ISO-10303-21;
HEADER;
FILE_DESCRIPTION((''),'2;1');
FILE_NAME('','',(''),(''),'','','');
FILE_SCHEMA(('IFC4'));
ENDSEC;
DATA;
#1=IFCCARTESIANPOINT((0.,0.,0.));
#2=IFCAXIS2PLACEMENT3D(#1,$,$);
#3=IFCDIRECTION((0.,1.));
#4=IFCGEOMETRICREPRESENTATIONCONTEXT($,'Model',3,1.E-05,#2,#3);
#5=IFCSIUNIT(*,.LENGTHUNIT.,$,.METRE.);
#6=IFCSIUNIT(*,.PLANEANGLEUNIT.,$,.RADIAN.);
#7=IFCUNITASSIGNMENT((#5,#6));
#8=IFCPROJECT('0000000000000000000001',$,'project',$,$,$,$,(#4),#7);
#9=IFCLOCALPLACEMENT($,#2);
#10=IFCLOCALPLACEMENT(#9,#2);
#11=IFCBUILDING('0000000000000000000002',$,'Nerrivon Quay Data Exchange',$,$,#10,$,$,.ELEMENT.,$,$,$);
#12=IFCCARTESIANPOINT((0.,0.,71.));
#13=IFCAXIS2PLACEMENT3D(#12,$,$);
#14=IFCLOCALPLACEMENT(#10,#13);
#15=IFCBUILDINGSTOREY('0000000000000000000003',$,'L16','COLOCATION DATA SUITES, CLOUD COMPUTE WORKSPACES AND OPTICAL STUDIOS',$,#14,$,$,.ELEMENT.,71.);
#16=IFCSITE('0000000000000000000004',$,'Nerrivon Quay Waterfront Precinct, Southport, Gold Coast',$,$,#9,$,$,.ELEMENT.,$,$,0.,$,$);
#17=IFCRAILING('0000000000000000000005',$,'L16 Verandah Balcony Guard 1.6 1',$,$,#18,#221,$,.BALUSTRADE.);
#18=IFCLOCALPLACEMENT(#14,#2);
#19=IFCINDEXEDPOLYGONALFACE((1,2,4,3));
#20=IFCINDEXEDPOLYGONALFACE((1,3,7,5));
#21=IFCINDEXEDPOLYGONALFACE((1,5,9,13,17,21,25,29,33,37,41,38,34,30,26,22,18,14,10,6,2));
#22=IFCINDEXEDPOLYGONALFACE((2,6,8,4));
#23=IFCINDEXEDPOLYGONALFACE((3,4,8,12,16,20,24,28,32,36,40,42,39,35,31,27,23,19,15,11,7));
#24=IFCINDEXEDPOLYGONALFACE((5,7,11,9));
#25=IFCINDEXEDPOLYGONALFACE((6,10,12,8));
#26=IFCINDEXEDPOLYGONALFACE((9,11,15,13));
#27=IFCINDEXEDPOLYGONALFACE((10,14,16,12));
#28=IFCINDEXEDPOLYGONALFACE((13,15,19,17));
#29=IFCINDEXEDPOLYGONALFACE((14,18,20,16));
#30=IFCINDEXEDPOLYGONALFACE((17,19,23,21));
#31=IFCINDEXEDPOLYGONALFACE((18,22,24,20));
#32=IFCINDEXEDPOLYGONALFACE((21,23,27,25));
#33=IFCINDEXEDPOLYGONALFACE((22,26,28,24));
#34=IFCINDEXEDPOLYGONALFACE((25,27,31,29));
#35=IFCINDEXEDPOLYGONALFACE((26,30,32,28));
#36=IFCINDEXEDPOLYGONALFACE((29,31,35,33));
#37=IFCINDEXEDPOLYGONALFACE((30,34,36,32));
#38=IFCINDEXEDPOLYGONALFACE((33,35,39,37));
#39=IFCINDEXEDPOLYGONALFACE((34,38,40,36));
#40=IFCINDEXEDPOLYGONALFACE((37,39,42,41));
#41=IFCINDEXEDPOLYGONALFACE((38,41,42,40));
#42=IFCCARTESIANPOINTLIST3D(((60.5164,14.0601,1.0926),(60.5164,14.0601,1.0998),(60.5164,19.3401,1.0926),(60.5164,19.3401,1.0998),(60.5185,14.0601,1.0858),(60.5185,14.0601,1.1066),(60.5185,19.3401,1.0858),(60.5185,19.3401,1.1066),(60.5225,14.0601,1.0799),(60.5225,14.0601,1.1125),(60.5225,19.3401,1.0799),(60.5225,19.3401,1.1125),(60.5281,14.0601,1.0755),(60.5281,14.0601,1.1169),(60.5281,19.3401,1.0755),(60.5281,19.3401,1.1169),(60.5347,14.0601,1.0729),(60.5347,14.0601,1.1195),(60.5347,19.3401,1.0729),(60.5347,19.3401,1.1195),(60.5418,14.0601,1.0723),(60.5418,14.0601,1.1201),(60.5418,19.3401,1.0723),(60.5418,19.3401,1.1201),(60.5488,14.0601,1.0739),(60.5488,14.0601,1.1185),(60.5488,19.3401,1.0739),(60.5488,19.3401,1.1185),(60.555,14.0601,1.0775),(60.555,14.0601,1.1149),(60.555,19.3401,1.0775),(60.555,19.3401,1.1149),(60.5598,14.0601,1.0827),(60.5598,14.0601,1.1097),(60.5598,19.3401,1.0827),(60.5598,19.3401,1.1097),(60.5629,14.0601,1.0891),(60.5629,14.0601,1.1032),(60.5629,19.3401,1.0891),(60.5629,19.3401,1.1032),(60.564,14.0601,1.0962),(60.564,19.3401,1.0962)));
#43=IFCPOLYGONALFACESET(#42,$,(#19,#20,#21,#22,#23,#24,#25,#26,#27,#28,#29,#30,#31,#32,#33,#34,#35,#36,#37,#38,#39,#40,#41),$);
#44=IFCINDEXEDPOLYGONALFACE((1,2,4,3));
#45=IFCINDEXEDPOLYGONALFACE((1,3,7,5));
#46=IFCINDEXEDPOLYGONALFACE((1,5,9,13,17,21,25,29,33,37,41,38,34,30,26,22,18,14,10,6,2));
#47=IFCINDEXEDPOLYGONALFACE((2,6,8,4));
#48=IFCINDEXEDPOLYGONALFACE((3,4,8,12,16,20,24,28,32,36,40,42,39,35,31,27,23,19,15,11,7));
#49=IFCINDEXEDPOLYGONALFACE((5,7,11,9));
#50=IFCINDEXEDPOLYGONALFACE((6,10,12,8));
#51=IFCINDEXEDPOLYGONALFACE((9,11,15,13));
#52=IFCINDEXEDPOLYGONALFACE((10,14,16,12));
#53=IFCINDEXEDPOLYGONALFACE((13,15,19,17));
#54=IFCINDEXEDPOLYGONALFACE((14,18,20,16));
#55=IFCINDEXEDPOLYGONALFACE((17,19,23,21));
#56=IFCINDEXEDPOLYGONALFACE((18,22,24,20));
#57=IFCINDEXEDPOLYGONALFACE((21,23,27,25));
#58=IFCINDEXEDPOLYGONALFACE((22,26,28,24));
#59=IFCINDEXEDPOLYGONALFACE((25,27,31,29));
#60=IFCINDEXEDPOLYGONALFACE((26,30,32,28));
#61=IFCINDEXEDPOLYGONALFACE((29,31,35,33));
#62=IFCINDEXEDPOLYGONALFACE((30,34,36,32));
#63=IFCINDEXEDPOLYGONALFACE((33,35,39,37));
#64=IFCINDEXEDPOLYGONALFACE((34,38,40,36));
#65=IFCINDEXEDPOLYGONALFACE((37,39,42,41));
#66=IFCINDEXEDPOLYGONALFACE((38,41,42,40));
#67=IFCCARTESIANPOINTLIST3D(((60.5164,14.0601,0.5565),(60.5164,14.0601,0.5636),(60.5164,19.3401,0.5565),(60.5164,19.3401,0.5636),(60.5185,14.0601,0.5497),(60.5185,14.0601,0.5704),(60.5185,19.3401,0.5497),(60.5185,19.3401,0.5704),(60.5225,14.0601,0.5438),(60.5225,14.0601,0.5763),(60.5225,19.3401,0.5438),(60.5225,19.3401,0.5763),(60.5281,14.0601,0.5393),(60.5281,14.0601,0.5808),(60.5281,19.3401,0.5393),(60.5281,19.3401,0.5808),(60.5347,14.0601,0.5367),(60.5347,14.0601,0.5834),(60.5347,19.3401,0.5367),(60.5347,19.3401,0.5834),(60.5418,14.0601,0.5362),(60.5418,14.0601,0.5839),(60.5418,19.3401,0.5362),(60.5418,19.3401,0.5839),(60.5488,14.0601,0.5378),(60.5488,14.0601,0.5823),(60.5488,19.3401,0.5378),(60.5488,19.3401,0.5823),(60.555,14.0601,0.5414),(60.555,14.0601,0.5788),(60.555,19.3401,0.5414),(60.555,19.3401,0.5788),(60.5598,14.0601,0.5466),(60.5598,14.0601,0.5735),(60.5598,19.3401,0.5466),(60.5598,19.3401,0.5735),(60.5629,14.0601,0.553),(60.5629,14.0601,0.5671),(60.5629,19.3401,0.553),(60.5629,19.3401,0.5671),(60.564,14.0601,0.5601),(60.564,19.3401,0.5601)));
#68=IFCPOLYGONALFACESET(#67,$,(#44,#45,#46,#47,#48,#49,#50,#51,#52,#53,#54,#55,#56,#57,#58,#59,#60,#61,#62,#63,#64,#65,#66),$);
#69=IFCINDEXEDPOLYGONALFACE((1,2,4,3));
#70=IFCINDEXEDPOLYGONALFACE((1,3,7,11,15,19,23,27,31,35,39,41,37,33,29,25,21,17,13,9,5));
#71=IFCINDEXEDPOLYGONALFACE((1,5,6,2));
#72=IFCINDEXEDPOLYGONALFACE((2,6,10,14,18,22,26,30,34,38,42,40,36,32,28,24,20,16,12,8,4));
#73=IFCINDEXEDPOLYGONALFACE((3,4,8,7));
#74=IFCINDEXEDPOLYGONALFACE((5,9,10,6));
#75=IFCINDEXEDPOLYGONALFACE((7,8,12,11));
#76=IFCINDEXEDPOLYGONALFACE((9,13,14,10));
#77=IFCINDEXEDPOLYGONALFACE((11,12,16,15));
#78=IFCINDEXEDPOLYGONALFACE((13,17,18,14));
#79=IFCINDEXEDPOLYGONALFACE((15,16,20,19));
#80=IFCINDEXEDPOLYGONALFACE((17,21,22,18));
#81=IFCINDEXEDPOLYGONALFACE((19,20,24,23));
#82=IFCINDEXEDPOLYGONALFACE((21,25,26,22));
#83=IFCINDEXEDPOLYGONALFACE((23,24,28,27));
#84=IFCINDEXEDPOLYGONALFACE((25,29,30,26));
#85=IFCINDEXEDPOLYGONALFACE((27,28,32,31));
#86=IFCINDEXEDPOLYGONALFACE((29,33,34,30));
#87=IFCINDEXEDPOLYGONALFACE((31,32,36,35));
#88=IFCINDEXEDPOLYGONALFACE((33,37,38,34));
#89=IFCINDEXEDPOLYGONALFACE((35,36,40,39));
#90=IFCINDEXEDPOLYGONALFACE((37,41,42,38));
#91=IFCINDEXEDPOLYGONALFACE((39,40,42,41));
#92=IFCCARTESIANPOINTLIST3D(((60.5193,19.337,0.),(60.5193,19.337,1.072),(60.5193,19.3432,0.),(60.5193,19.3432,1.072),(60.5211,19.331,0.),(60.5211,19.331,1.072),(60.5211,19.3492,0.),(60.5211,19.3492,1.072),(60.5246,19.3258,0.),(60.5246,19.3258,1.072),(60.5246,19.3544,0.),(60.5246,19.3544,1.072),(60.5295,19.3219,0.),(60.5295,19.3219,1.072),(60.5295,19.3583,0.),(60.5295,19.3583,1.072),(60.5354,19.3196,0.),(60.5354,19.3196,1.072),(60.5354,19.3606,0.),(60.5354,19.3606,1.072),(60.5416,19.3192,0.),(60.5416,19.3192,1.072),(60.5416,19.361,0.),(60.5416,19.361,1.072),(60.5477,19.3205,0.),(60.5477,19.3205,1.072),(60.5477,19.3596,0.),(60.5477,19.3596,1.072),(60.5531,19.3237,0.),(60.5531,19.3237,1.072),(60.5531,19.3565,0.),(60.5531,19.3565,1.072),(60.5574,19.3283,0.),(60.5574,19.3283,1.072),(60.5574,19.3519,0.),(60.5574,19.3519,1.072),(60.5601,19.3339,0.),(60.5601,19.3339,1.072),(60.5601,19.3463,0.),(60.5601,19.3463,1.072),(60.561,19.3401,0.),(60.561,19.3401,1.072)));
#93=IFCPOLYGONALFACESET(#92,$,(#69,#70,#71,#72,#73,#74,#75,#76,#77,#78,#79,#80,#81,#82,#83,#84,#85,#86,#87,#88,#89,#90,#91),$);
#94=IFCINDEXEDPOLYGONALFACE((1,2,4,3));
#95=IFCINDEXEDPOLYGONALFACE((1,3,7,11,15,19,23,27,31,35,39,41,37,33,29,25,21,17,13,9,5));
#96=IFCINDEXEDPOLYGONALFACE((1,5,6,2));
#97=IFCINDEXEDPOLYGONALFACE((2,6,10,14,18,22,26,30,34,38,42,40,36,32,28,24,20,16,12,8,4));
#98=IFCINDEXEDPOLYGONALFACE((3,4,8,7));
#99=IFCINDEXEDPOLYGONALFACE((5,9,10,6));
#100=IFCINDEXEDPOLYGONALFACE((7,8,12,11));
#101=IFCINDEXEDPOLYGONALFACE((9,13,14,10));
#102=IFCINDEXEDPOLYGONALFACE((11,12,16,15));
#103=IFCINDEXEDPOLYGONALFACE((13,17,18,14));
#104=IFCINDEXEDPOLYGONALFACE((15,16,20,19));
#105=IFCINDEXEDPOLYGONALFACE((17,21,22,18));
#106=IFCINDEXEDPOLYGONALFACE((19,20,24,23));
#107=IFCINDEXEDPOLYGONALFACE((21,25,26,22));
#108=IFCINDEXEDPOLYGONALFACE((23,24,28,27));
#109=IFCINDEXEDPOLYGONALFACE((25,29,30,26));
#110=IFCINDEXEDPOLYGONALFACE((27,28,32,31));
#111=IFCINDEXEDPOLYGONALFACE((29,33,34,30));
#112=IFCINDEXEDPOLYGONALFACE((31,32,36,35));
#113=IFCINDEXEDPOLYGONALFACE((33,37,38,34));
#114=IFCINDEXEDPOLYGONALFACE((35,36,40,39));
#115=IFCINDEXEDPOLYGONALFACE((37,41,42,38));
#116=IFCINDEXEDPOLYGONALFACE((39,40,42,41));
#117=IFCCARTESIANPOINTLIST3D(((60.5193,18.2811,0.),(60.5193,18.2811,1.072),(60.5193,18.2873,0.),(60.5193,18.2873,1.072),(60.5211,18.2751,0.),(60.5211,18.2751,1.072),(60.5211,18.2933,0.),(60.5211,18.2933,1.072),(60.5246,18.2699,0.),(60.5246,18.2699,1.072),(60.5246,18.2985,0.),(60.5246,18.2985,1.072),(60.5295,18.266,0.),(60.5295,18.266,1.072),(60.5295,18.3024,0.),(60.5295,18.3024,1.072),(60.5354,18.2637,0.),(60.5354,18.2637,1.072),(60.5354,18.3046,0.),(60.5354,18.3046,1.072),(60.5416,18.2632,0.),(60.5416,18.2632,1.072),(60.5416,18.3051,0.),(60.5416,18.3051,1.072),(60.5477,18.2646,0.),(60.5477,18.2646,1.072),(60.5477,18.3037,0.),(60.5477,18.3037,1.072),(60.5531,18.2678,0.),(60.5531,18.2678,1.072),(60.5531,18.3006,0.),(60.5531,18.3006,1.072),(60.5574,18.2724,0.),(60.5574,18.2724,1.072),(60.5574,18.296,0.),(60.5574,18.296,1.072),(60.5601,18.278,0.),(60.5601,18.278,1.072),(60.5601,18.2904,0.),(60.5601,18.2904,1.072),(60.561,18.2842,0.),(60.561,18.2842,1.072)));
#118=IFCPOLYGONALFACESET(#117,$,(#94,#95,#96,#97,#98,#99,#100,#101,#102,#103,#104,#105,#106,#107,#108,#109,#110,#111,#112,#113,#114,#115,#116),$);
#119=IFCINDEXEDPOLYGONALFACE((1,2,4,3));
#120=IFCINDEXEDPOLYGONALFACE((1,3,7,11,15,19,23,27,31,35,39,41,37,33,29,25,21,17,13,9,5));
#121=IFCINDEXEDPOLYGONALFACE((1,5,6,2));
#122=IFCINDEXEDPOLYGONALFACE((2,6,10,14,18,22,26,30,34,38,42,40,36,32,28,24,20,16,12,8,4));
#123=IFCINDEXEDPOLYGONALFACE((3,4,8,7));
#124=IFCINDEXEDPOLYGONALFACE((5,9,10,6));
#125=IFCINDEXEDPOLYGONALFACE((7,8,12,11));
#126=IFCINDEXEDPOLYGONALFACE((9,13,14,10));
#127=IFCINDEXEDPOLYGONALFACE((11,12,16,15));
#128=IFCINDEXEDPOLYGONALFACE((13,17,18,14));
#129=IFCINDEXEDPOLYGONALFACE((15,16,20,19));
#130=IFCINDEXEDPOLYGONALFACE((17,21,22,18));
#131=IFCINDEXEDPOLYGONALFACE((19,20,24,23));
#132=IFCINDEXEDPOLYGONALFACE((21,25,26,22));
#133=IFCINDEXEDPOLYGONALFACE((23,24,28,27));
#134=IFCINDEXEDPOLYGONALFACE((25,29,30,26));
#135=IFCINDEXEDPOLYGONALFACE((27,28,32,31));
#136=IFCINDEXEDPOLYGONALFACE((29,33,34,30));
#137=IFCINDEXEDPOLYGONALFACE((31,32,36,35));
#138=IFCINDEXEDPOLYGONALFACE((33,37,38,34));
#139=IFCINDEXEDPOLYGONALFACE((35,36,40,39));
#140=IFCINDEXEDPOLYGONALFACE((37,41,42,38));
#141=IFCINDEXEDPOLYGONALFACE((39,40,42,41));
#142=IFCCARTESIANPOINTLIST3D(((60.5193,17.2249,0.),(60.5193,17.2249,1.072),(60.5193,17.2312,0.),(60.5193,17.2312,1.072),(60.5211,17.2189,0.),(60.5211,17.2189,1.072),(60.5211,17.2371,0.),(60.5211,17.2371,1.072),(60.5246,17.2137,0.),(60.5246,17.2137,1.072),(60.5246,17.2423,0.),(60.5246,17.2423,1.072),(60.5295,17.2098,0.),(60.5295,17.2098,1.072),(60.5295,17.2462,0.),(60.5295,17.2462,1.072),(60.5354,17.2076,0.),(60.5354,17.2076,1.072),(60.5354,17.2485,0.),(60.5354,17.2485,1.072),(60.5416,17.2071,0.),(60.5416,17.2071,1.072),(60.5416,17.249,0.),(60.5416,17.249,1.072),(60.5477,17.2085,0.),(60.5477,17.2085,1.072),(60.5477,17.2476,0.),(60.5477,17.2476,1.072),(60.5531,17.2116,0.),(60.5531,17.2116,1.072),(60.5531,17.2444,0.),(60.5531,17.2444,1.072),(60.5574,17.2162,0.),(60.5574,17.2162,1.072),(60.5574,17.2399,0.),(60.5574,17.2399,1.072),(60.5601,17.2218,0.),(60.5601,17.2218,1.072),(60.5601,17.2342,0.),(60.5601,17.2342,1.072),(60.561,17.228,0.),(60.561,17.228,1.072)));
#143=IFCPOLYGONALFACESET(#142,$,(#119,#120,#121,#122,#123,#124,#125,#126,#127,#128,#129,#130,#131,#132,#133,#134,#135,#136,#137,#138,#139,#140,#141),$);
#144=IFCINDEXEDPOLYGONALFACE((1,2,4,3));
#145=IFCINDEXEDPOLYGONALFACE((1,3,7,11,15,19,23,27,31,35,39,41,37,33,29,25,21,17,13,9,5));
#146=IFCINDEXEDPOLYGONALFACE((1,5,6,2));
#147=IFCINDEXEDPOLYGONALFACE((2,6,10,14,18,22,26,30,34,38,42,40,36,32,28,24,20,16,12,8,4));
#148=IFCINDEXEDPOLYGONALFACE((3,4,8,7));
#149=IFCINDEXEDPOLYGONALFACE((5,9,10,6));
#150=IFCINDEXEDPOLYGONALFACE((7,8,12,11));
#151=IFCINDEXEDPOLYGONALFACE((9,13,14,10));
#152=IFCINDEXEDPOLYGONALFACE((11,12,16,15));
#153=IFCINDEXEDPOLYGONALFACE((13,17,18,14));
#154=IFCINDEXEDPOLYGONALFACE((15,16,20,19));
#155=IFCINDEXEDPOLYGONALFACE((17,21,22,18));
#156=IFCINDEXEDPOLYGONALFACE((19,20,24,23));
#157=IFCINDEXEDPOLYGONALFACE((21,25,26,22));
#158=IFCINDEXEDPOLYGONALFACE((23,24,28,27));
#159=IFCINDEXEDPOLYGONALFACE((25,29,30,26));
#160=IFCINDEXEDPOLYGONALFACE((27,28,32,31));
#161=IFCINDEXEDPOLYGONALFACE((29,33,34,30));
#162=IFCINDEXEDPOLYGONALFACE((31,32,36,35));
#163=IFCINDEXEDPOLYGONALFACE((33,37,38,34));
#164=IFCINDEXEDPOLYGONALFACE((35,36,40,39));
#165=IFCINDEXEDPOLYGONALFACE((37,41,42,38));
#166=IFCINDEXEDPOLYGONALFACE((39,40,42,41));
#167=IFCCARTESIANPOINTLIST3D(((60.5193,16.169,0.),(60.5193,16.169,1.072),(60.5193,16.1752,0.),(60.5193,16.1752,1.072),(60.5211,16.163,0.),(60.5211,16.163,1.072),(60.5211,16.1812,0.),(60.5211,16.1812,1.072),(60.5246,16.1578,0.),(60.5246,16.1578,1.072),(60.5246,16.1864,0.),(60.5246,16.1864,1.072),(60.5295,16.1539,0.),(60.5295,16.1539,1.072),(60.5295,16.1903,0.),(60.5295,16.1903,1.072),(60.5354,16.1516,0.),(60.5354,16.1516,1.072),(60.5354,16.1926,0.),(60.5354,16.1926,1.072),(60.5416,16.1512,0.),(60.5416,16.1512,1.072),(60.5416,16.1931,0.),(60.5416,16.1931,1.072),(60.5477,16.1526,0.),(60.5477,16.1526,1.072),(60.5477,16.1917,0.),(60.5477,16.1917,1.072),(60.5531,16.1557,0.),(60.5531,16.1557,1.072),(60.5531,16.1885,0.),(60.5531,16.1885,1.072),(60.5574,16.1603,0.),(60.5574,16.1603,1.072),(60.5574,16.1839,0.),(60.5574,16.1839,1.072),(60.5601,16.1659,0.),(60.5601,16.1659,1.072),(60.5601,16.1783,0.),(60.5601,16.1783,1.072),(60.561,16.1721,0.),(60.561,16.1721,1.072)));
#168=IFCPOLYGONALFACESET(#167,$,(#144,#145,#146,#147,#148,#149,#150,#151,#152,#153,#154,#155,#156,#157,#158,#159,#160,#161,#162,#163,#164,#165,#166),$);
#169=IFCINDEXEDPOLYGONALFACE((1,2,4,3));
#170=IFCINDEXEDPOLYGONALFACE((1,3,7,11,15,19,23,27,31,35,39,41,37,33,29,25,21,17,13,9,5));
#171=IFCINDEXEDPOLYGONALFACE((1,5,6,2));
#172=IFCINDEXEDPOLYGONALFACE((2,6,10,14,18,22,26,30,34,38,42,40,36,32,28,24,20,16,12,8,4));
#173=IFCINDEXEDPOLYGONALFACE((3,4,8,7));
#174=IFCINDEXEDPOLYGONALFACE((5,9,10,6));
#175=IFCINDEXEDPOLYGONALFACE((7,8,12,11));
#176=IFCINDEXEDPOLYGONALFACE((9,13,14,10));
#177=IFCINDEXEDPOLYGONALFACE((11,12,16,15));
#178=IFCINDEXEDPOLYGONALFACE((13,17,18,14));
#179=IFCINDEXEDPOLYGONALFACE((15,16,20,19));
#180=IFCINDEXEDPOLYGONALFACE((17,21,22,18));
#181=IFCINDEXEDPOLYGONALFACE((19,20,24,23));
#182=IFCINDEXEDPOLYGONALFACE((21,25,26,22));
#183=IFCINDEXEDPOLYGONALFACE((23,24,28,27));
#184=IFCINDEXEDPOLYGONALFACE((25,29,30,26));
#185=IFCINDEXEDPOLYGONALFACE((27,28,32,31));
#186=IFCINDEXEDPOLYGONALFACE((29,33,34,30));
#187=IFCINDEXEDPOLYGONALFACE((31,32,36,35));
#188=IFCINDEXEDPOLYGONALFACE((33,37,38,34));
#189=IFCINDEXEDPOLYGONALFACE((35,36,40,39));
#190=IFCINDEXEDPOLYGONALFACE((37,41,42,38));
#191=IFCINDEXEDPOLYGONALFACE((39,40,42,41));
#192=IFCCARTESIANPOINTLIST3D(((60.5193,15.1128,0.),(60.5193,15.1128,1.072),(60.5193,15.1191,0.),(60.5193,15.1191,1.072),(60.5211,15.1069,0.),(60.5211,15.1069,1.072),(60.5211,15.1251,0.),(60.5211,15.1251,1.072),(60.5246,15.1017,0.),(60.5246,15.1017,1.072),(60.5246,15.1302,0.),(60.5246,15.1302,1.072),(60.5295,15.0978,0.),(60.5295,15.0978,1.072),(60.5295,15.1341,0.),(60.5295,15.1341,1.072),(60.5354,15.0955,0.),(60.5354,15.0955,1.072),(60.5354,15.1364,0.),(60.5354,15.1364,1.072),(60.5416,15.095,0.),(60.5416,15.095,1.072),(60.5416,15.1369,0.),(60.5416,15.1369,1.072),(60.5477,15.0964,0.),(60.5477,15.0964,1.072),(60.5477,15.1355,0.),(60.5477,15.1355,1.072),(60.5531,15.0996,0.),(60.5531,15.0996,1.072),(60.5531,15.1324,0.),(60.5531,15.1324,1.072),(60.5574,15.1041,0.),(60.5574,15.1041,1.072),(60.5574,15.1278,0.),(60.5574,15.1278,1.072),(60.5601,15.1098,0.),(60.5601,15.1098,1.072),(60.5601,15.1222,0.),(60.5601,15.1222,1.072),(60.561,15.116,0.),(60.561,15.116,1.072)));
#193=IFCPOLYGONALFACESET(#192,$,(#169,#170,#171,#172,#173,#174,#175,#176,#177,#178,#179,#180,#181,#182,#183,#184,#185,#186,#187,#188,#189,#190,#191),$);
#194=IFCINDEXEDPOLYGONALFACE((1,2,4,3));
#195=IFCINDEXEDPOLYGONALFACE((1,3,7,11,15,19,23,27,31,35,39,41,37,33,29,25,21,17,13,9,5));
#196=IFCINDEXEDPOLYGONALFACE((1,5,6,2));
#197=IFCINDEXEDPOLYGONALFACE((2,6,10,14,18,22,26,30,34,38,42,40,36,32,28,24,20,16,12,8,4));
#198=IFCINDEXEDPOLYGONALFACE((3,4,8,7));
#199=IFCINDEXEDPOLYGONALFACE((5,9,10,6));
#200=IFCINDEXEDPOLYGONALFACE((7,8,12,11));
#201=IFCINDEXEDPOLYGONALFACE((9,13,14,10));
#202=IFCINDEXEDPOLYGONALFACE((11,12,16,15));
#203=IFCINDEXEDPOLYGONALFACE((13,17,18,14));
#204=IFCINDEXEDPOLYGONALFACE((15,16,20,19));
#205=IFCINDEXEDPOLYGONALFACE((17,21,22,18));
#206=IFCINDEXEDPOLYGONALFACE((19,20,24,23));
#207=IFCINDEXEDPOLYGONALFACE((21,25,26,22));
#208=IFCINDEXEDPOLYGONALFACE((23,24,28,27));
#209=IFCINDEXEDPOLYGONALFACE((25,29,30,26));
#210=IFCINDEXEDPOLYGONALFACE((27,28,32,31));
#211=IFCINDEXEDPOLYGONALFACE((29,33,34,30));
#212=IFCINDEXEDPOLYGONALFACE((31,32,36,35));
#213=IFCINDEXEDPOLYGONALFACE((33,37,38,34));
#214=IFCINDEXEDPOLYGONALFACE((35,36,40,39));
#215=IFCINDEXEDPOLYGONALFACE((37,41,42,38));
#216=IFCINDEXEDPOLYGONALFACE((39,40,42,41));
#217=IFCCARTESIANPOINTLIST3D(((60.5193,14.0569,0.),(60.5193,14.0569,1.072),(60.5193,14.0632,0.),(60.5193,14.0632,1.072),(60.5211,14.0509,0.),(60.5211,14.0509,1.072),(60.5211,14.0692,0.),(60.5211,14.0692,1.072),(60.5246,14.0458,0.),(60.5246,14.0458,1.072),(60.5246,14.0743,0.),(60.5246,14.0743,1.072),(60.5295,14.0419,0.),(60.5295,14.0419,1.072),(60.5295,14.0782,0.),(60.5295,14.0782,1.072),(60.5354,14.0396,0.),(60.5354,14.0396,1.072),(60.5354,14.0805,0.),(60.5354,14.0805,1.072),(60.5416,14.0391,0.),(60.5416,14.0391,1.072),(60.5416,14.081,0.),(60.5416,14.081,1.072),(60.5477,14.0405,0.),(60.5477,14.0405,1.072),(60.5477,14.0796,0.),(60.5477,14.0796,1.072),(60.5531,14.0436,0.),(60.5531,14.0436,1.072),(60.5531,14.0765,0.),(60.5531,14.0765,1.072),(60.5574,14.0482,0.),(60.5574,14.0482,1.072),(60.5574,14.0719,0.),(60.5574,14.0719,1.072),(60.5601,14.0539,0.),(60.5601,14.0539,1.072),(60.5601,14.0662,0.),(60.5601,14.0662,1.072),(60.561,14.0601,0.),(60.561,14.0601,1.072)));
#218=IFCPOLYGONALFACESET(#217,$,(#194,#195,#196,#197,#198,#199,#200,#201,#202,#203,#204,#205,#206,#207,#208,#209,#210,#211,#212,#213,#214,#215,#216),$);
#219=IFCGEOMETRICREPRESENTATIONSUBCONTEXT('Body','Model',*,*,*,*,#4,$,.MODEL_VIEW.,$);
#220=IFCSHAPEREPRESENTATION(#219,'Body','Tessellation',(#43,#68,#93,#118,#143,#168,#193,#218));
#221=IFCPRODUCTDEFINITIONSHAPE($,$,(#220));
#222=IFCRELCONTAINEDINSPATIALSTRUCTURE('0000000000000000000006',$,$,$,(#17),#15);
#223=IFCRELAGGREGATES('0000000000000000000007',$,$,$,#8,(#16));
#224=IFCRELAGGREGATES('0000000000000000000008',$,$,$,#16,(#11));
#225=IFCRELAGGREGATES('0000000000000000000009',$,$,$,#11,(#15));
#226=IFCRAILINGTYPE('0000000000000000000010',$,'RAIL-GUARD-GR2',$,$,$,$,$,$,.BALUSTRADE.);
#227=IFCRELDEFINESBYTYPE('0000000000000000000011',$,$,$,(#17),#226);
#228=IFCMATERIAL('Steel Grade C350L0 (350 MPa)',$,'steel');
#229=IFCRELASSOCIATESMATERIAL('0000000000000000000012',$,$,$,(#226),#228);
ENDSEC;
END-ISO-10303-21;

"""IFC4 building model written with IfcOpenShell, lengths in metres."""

from ifc_helpers import new_model, si_unit, direction, frame, origin, origin_2d, place, context, subcontext, project, spatial, circle, extrude, material, type_object, element, save


model = new_model("IFC4")

# Units and contexts
model_context = context("Model", 3, precision=1e-05, world=origin(), true_north=direction((0.0, 1.0)))
body_context = subcontext(model_context, "Body", "Model", "MODEL_VIEW")
ifc_project = project(units=[si_unit("LENGTHUNIT", "METRE"), si_unit("PLANEANGLEUNIT", "RADIAN")], contexts=[model_context])

# Site, building, storey
site_placement = place(None, origin())
site = spatial("IfcSite", under=ifc_project, at=site_placement, Name="Nerrivon Quay Waterfront Precinct, Southport, Gold Coast", CompositionType="ELEMENT", RefElevation=0.0)
building_placement = place(site_placement, origin())
building = spatial("IfcBuilding", under=site, at=building_placement, Name="Nerrivon Quay Data Exchange", CompositionType="ELEMENT")
storey_placement = place(building_placement, frame((0.0, 0.0, 71.0)))
storey = spatial("IfcBuildingStorey", under=building, at=storey_placement, Name="L16", Description="COLOCATION DATA SUITES, CLOUD COMPUTE WORKSPACES AND OPTICAL STUDIOS", CompositionType="ELEMENT", Elevation=71.0)

# Railing
ifc_material_1 = material(Name="Steel Grade C350L0 (350 MPa)", Category="steel")
railing_type = type_object("IfcRailingType", Name="RAIL-GUARD-GR2", PredefinedType="BALUSTRADE", material=ifc_material_1)
railing_1_placement = place(storey_placement, frame((60.54, 19.3401, 0.0)))
element("IfcRailing", 1, at=railing_1_placement, inside=storey, type_object=railing_type, Name="L16 Verandah Balcony Guard 1.6 1", PredefinedType="BALUSTRADE", context=body_context, shape_type="SweptSolid", body=[
    extrude(circle(Radius=0.0239, at=origin_2d()), frame((0.0, 0.0, 1.0962), z_axis=(0.0, -1.0, 0.0), x_axis=(1.0, 0.0, 0.0)), (0.0, 0.0, 1.0), 5.28),
    extrude(circle(Radius=0.0239, at=origin_2d()), frame((0.0, 0.0, 0.5601), z_axis=(0.0, -1.0, 0.0), x_axis=(1.0, 0.0, 0.0)), (0.0, 0.0, 1.0), 5.28),
    extrude(circle(Radius=0.021, at=origin_2d()), origin(), (0.0, 0.0, 1.0), 1.072),
    extrude(circle(Radius=0.021, at=origin_2d()), frame((0.0, -1.0559, 0.0)), (0.0, 0.0, 1.0), 1.072),
    extrude(circle(Radius=0.021, at=origin_2d()), frame((0.0, -2.1121, 0.0)), (0.0, 0.0, 1.0), 1.072),
    extrude(circle(Radius=0.021, at=origin_2d()), frame((0.0, -3.168, 0.0)), (0.0, 0.0, 1.0), 1.072),
    extrude(circle(Radius=0.021, at=origin_2d()), frame((0.0, -4.2241, 0.0)), (0.0, 0.0, 1.0), 1.072),
    extrude(circle(Radius=0.021, at=origin_2d()), frame((0.0, -5.28, 0.0)), (0.0, 0.0, 1.0), 1.072),
])

save(model, "model.ifc")
